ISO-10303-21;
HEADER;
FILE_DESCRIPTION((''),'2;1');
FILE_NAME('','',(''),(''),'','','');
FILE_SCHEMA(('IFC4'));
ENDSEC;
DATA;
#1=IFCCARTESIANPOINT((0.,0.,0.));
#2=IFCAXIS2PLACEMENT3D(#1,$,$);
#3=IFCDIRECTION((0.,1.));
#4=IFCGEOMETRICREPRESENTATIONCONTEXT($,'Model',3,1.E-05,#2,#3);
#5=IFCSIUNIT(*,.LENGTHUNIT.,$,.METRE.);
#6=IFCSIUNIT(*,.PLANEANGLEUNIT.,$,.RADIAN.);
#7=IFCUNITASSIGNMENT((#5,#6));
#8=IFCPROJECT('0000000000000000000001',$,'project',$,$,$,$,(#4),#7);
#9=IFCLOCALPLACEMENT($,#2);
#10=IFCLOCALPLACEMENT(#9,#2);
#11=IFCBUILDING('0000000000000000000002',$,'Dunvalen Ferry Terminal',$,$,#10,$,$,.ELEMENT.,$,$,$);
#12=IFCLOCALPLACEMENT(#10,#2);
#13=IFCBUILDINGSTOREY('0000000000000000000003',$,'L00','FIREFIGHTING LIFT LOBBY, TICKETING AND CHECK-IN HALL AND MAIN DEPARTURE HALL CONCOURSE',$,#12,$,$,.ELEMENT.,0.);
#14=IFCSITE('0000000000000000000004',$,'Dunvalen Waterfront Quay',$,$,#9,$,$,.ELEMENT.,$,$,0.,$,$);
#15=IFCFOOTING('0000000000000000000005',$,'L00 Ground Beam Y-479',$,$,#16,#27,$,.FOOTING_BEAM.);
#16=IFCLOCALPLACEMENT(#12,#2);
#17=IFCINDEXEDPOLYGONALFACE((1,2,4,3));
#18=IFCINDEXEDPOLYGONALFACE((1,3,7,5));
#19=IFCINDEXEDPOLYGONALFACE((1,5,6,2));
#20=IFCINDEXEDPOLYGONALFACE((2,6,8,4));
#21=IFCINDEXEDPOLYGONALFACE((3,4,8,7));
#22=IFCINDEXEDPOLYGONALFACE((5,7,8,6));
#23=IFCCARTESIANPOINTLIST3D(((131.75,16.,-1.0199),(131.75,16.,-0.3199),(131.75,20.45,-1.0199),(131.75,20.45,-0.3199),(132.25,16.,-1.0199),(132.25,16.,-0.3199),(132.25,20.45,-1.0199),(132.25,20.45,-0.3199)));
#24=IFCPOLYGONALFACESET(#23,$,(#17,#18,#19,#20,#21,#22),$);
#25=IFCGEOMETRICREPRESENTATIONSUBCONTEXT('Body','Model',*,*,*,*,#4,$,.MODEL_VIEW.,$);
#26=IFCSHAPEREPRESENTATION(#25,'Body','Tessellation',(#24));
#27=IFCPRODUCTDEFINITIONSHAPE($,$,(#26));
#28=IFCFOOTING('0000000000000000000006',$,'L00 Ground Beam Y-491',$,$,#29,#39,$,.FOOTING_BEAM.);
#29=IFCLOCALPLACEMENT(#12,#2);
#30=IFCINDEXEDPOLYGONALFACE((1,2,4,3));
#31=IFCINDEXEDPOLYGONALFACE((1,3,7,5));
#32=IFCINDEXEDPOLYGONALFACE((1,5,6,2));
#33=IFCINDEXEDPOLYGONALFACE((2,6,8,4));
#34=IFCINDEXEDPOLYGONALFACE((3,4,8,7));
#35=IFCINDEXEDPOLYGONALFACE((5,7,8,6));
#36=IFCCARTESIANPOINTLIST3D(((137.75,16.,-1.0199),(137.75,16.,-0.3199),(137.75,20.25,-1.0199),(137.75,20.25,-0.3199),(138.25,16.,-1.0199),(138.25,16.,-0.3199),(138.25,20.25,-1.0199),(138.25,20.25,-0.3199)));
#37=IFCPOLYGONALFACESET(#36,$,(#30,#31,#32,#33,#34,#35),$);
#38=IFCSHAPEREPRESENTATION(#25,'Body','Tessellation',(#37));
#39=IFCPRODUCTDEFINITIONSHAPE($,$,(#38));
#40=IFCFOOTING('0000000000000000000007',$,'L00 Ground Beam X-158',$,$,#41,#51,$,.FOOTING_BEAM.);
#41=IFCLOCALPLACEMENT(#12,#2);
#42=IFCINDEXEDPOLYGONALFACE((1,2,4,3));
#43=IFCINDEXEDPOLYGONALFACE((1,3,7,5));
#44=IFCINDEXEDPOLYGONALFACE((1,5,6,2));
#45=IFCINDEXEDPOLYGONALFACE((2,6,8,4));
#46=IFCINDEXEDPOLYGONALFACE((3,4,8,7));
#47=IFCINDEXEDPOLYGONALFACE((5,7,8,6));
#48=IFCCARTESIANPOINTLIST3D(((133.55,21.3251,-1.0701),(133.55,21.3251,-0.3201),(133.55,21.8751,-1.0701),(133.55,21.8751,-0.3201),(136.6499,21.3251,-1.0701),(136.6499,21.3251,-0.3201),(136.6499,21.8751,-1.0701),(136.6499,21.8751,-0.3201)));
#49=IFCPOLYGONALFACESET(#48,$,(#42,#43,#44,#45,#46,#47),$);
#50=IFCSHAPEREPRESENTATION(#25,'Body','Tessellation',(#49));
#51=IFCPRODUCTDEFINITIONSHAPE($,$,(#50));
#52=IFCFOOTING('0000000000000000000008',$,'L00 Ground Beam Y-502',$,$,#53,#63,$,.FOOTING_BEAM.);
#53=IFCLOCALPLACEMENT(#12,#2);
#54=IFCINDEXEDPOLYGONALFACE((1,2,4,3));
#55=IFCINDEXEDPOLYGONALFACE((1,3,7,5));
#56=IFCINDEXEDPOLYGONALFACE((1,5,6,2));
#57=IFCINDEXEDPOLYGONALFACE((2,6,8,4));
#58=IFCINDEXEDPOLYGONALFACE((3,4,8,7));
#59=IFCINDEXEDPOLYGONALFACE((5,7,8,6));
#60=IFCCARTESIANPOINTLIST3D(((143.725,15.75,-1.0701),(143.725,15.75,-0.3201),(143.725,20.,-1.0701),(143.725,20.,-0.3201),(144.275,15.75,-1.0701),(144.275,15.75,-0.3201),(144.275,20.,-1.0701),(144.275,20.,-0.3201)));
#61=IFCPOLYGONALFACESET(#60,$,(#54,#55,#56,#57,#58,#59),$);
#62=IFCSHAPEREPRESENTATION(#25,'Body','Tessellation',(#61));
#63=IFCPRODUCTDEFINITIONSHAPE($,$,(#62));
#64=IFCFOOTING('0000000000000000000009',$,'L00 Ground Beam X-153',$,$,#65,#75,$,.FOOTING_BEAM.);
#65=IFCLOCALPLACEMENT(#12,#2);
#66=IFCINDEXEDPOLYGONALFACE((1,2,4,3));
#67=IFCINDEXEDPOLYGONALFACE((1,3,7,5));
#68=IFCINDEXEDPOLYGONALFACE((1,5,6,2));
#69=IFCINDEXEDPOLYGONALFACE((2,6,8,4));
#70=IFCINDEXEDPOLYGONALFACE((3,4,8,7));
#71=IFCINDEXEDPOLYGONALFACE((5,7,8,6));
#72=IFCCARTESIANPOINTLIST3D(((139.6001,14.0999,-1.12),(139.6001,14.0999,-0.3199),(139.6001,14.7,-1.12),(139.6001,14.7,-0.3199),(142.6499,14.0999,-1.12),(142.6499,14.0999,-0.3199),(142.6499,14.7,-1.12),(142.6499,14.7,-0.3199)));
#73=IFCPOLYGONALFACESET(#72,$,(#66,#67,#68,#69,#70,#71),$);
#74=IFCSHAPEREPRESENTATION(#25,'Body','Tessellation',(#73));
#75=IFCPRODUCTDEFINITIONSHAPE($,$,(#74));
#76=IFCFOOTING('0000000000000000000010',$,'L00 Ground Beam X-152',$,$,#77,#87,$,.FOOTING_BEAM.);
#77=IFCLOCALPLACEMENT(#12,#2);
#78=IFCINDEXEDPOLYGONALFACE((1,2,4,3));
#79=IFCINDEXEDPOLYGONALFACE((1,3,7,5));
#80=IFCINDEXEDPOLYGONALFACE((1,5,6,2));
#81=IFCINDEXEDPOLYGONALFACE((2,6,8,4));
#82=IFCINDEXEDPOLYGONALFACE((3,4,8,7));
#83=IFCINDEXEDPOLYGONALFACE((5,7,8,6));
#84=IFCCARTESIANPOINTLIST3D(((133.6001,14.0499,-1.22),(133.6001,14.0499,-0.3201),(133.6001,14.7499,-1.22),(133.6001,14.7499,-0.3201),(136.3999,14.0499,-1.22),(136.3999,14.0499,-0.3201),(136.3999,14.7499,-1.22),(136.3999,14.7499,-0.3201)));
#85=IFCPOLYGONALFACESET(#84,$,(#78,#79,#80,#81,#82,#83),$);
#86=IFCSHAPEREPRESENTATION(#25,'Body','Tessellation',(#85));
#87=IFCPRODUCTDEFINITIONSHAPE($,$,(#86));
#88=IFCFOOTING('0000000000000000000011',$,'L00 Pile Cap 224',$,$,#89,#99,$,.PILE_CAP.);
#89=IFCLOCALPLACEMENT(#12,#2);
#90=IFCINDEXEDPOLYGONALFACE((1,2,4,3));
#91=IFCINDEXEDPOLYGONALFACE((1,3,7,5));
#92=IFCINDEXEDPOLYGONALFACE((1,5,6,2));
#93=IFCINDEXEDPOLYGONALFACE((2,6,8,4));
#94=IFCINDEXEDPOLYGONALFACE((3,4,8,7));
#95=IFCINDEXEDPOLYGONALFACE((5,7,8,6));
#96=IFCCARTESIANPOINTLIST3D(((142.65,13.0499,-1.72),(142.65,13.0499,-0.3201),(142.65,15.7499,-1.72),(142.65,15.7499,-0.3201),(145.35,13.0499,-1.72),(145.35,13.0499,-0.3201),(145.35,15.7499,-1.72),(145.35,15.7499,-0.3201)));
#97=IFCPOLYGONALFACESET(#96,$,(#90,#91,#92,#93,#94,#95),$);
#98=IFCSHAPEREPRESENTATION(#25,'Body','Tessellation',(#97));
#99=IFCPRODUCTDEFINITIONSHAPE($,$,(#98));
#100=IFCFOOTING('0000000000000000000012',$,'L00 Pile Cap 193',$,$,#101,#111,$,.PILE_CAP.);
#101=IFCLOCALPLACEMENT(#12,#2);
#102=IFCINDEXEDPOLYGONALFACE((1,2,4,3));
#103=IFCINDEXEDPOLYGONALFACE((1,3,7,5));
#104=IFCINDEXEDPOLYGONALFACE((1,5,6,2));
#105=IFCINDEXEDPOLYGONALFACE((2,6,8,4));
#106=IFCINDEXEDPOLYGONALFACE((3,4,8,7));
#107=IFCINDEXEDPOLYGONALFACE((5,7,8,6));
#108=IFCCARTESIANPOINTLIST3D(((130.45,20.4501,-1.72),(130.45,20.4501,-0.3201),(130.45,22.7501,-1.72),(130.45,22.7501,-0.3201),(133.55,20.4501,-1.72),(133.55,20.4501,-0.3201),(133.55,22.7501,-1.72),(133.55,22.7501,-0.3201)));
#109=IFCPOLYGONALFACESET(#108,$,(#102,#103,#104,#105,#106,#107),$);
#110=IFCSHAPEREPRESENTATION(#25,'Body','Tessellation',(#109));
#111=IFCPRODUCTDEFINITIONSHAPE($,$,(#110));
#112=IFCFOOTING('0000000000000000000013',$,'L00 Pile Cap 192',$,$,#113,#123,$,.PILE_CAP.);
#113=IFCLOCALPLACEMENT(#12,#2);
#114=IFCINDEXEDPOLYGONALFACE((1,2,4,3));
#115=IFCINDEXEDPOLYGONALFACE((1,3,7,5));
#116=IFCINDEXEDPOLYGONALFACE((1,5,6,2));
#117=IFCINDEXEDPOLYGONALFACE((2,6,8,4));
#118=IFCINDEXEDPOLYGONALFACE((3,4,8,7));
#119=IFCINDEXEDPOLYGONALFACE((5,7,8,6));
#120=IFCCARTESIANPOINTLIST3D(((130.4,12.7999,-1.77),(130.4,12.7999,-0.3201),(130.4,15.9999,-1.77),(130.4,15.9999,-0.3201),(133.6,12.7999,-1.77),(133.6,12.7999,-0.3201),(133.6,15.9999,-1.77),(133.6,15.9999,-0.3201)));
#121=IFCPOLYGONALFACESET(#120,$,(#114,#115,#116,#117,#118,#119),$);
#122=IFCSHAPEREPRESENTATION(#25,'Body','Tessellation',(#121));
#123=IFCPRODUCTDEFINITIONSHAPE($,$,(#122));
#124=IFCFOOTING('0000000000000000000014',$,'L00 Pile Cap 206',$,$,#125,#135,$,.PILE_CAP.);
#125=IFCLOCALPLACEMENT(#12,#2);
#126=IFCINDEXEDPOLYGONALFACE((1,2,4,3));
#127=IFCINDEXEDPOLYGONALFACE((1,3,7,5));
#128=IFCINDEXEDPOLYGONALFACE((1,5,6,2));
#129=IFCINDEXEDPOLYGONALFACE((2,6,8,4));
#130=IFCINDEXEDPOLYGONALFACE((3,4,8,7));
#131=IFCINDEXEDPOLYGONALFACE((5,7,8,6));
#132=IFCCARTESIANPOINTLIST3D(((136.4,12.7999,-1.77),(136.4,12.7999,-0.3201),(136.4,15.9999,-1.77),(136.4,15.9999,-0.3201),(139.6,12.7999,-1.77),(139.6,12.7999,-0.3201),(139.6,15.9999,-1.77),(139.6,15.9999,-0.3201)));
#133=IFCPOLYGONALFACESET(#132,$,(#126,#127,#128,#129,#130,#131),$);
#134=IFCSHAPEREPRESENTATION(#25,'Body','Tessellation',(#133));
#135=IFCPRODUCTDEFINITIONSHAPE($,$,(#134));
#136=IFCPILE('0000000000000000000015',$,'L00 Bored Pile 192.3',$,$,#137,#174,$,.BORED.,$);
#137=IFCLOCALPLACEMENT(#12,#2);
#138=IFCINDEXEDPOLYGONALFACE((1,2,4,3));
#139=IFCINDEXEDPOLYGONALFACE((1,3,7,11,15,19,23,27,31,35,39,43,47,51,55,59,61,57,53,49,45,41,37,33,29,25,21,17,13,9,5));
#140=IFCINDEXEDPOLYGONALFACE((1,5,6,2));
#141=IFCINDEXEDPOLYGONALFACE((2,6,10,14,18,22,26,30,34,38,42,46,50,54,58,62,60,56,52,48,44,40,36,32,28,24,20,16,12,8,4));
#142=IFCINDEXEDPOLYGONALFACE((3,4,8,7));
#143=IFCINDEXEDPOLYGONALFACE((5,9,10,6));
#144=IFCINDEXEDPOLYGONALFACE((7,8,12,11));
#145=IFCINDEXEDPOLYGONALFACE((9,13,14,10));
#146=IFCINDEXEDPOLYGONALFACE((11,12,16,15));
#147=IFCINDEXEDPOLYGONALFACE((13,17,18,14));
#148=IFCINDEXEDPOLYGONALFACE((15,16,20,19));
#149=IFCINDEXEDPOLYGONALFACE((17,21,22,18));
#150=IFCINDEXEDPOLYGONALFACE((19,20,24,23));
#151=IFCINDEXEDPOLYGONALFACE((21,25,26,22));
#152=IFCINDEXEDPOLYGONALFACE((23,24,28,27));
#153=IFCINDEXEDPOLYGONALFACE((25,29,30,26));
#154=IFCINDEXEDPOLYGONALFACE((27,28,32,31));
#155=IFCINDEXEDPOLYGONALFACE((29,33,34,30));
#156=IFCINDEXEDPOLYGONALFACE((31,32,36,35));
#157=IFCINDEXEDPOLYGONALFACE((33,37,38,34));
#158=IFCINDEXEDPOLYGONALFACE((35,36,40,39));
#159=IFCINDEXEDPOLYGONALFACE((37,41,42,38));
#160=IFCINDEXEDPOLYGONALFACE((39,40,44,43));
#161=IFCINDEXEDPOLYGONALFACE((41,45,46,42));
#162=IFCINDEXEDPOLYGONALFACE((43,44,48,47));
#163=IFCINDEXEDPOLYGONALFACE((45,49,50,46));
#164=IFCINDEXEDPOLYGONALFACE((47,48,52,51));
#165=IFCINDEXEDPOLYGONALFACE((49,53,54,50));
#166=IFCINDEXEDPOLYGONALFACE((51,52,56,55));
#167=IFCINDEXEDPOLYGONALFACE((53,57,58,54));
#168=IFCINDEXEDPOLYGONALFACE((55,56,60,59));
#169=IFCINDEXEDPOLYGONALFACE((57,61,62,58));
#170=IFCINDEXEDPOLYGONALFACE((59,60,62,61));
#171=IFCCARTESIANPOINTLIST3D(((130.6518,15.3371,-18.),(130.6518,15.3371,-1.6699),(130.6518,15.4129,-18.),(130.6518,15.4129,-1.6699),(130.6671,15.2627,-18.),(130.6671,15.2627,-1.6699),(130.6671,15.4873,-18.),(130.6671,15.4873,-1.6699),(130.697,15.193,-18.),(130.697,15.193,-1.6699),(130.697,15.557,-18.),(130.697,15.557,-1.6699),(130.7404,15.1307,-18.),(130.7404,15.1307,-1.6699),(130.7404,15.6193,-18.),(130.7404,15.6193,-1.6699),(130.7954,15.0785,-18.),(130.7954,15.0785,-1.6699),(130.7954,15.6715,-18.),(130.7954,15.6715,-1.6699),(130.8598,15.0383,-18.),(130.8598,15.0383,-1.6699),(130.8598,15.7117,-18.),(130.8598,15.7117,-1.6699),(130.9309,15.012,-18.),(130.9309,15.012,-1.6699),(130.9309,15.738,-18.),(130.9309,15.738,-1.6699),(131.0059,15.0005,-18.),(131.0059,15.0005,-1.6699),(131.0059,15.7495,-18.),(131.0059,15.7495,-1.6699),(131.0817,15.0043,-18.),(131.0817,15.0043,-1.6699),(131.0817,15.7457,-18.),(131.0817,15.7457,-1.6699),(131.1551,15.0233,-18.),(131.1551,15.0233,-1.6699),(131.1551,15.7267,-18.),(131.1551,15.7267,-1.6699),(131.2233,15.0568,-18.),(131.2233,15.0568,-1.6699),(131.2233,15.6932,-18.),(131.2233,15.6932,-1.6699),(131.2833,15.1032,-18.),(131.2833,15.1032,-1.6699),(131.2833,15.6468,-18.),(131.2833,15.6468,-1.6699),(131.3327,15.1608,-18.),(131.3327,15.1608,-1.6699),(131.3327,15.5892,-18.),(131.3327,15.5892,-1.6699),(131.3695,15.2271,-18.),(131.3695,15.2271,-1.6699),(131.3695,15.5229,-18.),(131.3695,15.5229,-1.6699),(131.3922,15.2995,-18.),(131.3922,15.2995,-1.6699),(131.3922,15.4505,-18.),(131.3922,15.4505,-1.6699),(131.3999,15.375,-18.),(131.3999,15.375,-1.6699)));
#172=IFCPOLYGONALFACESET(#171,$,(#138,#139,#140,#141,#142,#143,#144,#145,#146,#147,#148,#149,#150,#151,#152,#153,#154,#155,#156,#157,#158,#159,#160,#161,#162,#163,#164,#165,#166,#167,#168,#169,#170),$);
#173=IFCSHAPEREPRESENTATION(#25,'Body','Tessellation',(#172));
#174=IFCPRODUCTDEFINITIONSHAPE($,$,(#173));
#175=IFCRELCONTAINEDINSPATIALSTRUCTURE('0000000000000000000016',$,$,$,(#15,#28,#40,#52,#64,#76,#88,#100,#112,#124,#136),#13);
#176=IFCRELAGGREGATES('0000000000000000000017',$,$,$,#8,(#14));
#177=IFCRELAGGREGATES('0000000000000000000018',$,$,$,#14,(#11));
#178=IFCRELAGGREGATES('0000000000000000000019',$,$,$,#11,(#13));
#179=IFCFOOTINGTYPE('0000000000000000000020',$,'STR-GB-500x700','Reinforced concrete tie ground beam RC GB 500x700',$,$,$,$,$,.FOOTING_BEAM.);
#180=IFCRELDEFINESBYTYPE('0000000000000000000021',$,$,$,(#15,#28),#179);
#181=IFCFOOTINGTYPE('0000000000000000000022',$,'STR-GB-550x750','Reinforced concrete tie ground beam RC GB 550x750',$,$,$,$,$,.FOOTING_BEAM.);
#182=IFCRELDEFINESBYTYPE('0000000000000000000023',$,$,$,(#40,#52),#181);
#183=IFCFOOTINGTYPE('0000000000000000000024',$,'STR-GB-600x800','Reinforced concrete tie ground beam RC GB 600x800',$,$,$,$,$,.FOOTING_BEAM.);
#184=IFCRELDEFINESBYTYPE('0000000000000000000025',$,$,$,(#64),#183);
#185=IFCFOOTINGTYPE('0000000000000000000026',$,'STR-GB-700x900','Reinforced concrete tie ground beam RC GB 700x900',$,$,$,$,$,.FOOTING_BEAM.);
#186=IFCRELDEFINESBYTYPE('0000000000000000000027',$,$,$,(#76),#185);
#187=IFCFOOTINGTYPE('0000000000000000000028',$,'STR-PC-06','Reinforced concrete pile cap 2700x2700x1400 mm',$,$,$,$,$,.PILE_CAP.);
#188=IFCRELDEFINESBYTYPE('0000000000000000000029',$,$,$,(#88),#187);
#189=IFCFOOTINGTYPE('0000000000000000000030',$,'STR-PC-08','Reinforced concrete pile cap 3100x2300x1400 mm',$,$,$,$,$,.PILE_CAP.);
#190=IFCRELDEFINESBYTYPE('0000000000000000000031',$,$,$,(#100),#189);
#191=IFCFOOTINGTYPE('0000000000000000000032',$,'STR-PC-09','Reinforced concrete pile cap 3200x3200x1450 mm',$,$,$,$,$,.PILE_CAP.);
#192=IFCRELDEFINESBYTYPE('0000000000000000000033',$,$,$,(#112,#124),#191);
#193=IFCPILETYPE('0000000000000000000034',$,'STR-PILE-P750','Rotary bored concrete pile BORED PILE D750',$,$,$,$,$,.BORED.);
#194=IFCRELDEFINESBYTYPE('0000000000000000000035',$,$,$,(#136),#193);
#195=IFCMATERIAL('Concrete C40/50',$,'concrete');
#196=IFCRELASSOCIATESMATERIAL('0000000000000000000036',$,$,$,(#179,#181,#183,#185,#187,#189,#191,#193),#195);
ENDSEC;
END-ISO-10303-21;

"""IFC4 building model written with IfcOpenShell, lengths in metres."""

from ifc_helpers import new_model, si_unit, direction, frame, origin, origin_2d, place, context, subcontext, project, spatial, rectangle, circle, extrude, material, material_profile, profile_set, type_object, element, save


model = new_model("IFC4")

# Units and contexts
model_context = context("Model", 3, precision=1e-05, world=origin(), true_north=direction((0.0, 1.0)))
body_context = subcontext(model_context, "Body", "Model", "MODEL_VIEW")
ifc_project = project(units=[si_unit("LENGTHUNIT", "METRE"), si_unit("PLANEANGLEUNIT", "RADIAN")], contexts=[model_context])

# Site, building, storey
site_placement = place(None, origin())
site = spatial("IfcSite", under=ifc_project, at=site_placement, Name="Dunvalen Waterfront Quay", CompositionType="ELEMENT", RefElevation=0.0)
building_placement = place(site_placement, origin())
building = spatial("IfcBuilding", under=site, at=building_placement, Name="Dunvalen Ferry Terminal", CompositionType="ELEMENT")
storey_placement = place(building_placement, origin())
storey = spatial("IfcBuildingStorey", under=building, at=storey_placement, Name="L00", Description="FIREFIGHTING LIFT LOBBY, TICKETING AND CHECK-IN HALL AND MAIN DEPARTURE HALL CONCOURSE", CompositionType="ELEMENT", Elevation=0.0)

# Footings
ifc_material = material(Name="Concrete C40/50", Category="concrete")
ifc_material_profile_1 = material_profile(ifc_material, rectangle(XDim=0.5, YDim=0.7, at=origin_2d()), Name="Concrete C40/50")
ifc_profile_set_1 = profile_set([ifc_material_profile_1], Name="Concrete C40/50")
footing_type_1 = type_object("IfcFootingType", Name="STR-GB-500x700", Description="Reinforced concrete tie ground beam RC GB 500x700", PredefinedType="FOOTING_BEAM", material=ifc_profile_set_1)
footing_1_placement = place(storey_placement, frame((132.0, 16.0, -0.6699), z_axis=(0.0, 1.0, 0.0), x_axis=(-1.0, 0.0, 0.0)))
element("IfcFooting", 1, at=footing_1_placement, inside=storey, type_object=footing_type_1, Name="L00 Ground Beam Y-479", PredefinedType="FOOTING_BEAM", context=body_context, shape_type="SweptSolid", body=[
    extrude(rectangle(XDim=0.5, YDim=0.7, at=origin_2d()), origin(), (0.0, 0.0, 1.0), 4.45),
])
footing_2_placement = place(storey_placement, frame((138.0, 16.0, -0.6699), z_axis=(0.0, 1.0, 0.0), x_axis=(-1.0, 0.0, 0.0)))
element("IfcFooting", 2, at=footing_2_placement, inside=storey, type_object=footing_type_1, Name="L00 Ground Beam Y-491", PredefinedType="FOOTING_BEAM", context=body_context, shape_type="SweptSolid", body=[
    extrude(rectangle(XDim=0.5, YDim=0.7, at=origin_2d()), origin(), (0.0, 0.0, 1.0), 4.25),
])
ifc_material_profile_2 = material_profile(ifc_material, rectangle(XDim=0.55, YDim=0.75, at=origin_2d()), Name="Concrete C40/50")
ifc_profile_set_2 = profile_set([ifc_material_profile_2], Name="Concrete C40/50")
footing_type_2 = type_object("IfcFootingType", Name="STR-GB-550x750", Description="Reinforced concrete tie ground beam RC GB 550x750", PredefinedType="FOOTING_BEAM", material=ifc_profile_set_2)
footing_3_placement = place(storey_placement, frame((133.55, 21.6001, -0.6951), z_axis=(1.0, 0.0, 0.0), x_axis=(0.0, 1.0, 0.0)))
element("IfcFooting", 3, at=footing_3_placement, inside=storey, type_object=footing_type_2, Name="L00 Ground Beam X-158", PredefinedType="FOOTING_BEAM", context=body_context, shape_type="SweptSolid", body=[
    extrude(rectangle(XDim=0.55, YDim=0.75, at=origin_2d()), origin(), (0.0, 0.0, 1.0), 3.0999),
])
footing_4_placement = place(storey_placement, frame((144.0, 15.75, -0.6951), z_axis=(0.0, 1.0, 0.0), x_axis=(-1.0, 0.0, 0.0)))
element("IfcFooting", 4, at=footing_4_placement, inside=storey, type_object=footing_type_2, Name="L00 Ground Beam Y-502", PredefinedType="FOOTING_BEAM", context=body_context, shape_type="SweptSolid", body=[
    extrude(rectangle(XDim=0.55, YDim=0.75, at=origin_2d()), origin(), (0.0, 0.0, 1.0), 4.25),
])
ifc_material_profile_3 = material_profile(ifc_material, rectangle(XDim=0.6001, YDim=0.8, at=origin_2d()), Name="Concrete C40/50")
ifc_profile_set_3 = profile_set([ifc_material_profile_3], Name="Concrete C40/50")
footing_type_3 = type_object("IfcFootingType", Name="STR-GB-600x800", Description="Reinforced concrete tie ground beam RC GB 600x800", PredefinedType="FOOTING_BEAM", material=ifc_profile_set_3)
footing_5_placement = place(storey_placement, frame((139.6001, 14.3999, -0.72), z_axis=(1.0, 0.0, 0.0), x_axis=(0.0, 1.0, 0.0)))
element("IfcFooting", 5, at=footing_5_placement, inside=storey, type_object=footing_type_3, Name="L00 Ground Beam X-153", PredefinedType="FOOTING_BEAM", context=body_context, shape_type="SweptSolid", body=[
    extrude(rectangle(XDim=0.6001, YDim=0.8, at=origin_2d()), origin(), (0.0, 0.0, 1.0), 3.0498),
])
ifc_material_profile_4 = material_profile(ifc_material, rectangle(XDim=0.7, YDim=0.8999, at=origin_2d()), Name="Concrete C40/50")
ifc_profile_set_4 = profile_set([ifc_material_profile_4], Name="Concrete C40/50")
footing_type_4 = type_object("IfcFootingType", Name="STR-GB-700x900", Description="Reinforced concrete tie ground beam RC GB 700x900", PredefinedType="FOOTING_BEAM", material=ifc_profile_set_4)
footing_6_placement = place(storey_placement, frame((133.6001, 14.3999, -0.77), z_axis=(1.0, 0.0, 0.0), x_axis=(0.0, 1.0, 0.0)))
element("IfcFooting", 6, at=footing_6_placement, inside=storey, type_object=footing_type_4, Name="L00 Ground Beam X-152", PredefinedType="FOOTING_BEAM", context=body_context, shape_type="SweptSolid", body=[
    extrude(rectangle(XDim=0.7, YDim=0.8999, at=origin_2d()), origin(), (0.0, 0.0, 1.0), 2.7998),
])
footing_type_5 = type_object("IfcFootingType", Name="STR-PC-06", Description="Reinforced concrete pile cap 2700x2700x1400 mm", PredefinedType="PILE_CAP", material=ifc_material)
footing_7_placement = place(storey_placement, frame((144.0, 14.3999, -1.72), z_axis=(0.0, 0.0, 1.0), x_axis=(1.0, 0.0, 0.0)))
element("IfcFooting", 7, at=footing_7_placement, inside=storey, type_object=footing_type_5, Name="L00 Pile Cap 224", PredefinedType="PILE_CAP", context=body_context, shape_type="SweptSolid", body=[
    extrude(rectangle(XDim=2.7, YDim=2.7, at=origin_2d()), origin(), (0.0, 0.0, 1.0), 1.3999),
])
footing_type_6 = type_object("IfcFootingType", Name="STR-PC-08", Description="Reinforced concrete pile cap 3100x2300x1400 mm", PredefinedType="PILE_CAP", material=ifc_material)
footing_8_placement = place(storey_placement, frame((132.0, 21.6001, -1.72), z_axis=(0.0, 0.0, 1.0), x_axis=(1.0, 0.0, 0.0)))
element("IfcFooting", 8, at=footing_8_placement, inside=storey, type_object=footing_type_6, Name="L00 Pile Cap 193", PredefinedType="PILE_CAP", context=body_context, shape_type="SweptSolid", body=[
    extrude(rectangle(XDim=3.1001, YDim=2.3, at=origin_2d()), origin(), (0.0, 0.0, 1.0), 1.3999),
])
footing_type_7 = type_object("IfcFootingType", Name="STR-PC-09", Description="Reinforced concrete pile cap 3200x3200x1450 mm", PredefinedType="PILE_CAP", material=ifc_material)
for number, where, z_axis, x_axis, name in (
    (9, (132.0, 14.3999, -1.77), (0.0, 0.0, 1.0), (1.0, 0.0, 0.0), "L00 Pile Cap 192"),
    (10, (138.0, 14.3999, -1.77), (0.0, 0.0, 1.0), (1.0, 0.0, 0.0), "L00 Pile Cap 206"),
):
    element("IfcFooting", number, at=place(storey_placement, frame(where, z_axis=z_axis, x_axis=x_axis)), inside=storey, type_object=footing_type_7, Name=name, PredefinedType="PILE_CAP", context=body_context, shape_type="SweptSolid", body=[
        extrude(rectangle(XDim=3.2, YDim=3.2, at=origin_2d()), origin(), (0.0, 0.0, 1.0), 1.45),
    ])

# Pile
ifc_material_profile_5 = material_profile(ifc_material, circle(Radius=0.375, at=origin_2d()), Name="Concrete C40/50")
ifc_profile_set_5 = profile_set([ifc_material_profile_5], Name="Concrete C40/50")
pile_type = type_object("IfcPileType", Name="STR-PILE-P750", Description="Rotary bored concrete pile BORED PILE D750", PredefinedType="BORED", material=ifc_profile_set_5)
for number, where, z_axis, x_axis, name in (
    (11, (131.0249, 15.375, -1.6699), (0.0, 0.0, -1.0), (1.0, 0.0, 0.0), "L00 Bored Pile 192.3"),
):
    element("IfcPile", number, at=place(storey_placement, frame(where, z_axis=z_axis, x_axis=x_axis)), inside=storey, type_object=pile_type, Name=name, PredefinedType="BORED", context=body_context, shape_type="SweptSolid", body=[
        extrude(circle(Radius=0.375, at=origin_2d()), origin(), (0.0, 0.0, 1.0), 16.3301),
    ])

save(model, "model.ifc")
